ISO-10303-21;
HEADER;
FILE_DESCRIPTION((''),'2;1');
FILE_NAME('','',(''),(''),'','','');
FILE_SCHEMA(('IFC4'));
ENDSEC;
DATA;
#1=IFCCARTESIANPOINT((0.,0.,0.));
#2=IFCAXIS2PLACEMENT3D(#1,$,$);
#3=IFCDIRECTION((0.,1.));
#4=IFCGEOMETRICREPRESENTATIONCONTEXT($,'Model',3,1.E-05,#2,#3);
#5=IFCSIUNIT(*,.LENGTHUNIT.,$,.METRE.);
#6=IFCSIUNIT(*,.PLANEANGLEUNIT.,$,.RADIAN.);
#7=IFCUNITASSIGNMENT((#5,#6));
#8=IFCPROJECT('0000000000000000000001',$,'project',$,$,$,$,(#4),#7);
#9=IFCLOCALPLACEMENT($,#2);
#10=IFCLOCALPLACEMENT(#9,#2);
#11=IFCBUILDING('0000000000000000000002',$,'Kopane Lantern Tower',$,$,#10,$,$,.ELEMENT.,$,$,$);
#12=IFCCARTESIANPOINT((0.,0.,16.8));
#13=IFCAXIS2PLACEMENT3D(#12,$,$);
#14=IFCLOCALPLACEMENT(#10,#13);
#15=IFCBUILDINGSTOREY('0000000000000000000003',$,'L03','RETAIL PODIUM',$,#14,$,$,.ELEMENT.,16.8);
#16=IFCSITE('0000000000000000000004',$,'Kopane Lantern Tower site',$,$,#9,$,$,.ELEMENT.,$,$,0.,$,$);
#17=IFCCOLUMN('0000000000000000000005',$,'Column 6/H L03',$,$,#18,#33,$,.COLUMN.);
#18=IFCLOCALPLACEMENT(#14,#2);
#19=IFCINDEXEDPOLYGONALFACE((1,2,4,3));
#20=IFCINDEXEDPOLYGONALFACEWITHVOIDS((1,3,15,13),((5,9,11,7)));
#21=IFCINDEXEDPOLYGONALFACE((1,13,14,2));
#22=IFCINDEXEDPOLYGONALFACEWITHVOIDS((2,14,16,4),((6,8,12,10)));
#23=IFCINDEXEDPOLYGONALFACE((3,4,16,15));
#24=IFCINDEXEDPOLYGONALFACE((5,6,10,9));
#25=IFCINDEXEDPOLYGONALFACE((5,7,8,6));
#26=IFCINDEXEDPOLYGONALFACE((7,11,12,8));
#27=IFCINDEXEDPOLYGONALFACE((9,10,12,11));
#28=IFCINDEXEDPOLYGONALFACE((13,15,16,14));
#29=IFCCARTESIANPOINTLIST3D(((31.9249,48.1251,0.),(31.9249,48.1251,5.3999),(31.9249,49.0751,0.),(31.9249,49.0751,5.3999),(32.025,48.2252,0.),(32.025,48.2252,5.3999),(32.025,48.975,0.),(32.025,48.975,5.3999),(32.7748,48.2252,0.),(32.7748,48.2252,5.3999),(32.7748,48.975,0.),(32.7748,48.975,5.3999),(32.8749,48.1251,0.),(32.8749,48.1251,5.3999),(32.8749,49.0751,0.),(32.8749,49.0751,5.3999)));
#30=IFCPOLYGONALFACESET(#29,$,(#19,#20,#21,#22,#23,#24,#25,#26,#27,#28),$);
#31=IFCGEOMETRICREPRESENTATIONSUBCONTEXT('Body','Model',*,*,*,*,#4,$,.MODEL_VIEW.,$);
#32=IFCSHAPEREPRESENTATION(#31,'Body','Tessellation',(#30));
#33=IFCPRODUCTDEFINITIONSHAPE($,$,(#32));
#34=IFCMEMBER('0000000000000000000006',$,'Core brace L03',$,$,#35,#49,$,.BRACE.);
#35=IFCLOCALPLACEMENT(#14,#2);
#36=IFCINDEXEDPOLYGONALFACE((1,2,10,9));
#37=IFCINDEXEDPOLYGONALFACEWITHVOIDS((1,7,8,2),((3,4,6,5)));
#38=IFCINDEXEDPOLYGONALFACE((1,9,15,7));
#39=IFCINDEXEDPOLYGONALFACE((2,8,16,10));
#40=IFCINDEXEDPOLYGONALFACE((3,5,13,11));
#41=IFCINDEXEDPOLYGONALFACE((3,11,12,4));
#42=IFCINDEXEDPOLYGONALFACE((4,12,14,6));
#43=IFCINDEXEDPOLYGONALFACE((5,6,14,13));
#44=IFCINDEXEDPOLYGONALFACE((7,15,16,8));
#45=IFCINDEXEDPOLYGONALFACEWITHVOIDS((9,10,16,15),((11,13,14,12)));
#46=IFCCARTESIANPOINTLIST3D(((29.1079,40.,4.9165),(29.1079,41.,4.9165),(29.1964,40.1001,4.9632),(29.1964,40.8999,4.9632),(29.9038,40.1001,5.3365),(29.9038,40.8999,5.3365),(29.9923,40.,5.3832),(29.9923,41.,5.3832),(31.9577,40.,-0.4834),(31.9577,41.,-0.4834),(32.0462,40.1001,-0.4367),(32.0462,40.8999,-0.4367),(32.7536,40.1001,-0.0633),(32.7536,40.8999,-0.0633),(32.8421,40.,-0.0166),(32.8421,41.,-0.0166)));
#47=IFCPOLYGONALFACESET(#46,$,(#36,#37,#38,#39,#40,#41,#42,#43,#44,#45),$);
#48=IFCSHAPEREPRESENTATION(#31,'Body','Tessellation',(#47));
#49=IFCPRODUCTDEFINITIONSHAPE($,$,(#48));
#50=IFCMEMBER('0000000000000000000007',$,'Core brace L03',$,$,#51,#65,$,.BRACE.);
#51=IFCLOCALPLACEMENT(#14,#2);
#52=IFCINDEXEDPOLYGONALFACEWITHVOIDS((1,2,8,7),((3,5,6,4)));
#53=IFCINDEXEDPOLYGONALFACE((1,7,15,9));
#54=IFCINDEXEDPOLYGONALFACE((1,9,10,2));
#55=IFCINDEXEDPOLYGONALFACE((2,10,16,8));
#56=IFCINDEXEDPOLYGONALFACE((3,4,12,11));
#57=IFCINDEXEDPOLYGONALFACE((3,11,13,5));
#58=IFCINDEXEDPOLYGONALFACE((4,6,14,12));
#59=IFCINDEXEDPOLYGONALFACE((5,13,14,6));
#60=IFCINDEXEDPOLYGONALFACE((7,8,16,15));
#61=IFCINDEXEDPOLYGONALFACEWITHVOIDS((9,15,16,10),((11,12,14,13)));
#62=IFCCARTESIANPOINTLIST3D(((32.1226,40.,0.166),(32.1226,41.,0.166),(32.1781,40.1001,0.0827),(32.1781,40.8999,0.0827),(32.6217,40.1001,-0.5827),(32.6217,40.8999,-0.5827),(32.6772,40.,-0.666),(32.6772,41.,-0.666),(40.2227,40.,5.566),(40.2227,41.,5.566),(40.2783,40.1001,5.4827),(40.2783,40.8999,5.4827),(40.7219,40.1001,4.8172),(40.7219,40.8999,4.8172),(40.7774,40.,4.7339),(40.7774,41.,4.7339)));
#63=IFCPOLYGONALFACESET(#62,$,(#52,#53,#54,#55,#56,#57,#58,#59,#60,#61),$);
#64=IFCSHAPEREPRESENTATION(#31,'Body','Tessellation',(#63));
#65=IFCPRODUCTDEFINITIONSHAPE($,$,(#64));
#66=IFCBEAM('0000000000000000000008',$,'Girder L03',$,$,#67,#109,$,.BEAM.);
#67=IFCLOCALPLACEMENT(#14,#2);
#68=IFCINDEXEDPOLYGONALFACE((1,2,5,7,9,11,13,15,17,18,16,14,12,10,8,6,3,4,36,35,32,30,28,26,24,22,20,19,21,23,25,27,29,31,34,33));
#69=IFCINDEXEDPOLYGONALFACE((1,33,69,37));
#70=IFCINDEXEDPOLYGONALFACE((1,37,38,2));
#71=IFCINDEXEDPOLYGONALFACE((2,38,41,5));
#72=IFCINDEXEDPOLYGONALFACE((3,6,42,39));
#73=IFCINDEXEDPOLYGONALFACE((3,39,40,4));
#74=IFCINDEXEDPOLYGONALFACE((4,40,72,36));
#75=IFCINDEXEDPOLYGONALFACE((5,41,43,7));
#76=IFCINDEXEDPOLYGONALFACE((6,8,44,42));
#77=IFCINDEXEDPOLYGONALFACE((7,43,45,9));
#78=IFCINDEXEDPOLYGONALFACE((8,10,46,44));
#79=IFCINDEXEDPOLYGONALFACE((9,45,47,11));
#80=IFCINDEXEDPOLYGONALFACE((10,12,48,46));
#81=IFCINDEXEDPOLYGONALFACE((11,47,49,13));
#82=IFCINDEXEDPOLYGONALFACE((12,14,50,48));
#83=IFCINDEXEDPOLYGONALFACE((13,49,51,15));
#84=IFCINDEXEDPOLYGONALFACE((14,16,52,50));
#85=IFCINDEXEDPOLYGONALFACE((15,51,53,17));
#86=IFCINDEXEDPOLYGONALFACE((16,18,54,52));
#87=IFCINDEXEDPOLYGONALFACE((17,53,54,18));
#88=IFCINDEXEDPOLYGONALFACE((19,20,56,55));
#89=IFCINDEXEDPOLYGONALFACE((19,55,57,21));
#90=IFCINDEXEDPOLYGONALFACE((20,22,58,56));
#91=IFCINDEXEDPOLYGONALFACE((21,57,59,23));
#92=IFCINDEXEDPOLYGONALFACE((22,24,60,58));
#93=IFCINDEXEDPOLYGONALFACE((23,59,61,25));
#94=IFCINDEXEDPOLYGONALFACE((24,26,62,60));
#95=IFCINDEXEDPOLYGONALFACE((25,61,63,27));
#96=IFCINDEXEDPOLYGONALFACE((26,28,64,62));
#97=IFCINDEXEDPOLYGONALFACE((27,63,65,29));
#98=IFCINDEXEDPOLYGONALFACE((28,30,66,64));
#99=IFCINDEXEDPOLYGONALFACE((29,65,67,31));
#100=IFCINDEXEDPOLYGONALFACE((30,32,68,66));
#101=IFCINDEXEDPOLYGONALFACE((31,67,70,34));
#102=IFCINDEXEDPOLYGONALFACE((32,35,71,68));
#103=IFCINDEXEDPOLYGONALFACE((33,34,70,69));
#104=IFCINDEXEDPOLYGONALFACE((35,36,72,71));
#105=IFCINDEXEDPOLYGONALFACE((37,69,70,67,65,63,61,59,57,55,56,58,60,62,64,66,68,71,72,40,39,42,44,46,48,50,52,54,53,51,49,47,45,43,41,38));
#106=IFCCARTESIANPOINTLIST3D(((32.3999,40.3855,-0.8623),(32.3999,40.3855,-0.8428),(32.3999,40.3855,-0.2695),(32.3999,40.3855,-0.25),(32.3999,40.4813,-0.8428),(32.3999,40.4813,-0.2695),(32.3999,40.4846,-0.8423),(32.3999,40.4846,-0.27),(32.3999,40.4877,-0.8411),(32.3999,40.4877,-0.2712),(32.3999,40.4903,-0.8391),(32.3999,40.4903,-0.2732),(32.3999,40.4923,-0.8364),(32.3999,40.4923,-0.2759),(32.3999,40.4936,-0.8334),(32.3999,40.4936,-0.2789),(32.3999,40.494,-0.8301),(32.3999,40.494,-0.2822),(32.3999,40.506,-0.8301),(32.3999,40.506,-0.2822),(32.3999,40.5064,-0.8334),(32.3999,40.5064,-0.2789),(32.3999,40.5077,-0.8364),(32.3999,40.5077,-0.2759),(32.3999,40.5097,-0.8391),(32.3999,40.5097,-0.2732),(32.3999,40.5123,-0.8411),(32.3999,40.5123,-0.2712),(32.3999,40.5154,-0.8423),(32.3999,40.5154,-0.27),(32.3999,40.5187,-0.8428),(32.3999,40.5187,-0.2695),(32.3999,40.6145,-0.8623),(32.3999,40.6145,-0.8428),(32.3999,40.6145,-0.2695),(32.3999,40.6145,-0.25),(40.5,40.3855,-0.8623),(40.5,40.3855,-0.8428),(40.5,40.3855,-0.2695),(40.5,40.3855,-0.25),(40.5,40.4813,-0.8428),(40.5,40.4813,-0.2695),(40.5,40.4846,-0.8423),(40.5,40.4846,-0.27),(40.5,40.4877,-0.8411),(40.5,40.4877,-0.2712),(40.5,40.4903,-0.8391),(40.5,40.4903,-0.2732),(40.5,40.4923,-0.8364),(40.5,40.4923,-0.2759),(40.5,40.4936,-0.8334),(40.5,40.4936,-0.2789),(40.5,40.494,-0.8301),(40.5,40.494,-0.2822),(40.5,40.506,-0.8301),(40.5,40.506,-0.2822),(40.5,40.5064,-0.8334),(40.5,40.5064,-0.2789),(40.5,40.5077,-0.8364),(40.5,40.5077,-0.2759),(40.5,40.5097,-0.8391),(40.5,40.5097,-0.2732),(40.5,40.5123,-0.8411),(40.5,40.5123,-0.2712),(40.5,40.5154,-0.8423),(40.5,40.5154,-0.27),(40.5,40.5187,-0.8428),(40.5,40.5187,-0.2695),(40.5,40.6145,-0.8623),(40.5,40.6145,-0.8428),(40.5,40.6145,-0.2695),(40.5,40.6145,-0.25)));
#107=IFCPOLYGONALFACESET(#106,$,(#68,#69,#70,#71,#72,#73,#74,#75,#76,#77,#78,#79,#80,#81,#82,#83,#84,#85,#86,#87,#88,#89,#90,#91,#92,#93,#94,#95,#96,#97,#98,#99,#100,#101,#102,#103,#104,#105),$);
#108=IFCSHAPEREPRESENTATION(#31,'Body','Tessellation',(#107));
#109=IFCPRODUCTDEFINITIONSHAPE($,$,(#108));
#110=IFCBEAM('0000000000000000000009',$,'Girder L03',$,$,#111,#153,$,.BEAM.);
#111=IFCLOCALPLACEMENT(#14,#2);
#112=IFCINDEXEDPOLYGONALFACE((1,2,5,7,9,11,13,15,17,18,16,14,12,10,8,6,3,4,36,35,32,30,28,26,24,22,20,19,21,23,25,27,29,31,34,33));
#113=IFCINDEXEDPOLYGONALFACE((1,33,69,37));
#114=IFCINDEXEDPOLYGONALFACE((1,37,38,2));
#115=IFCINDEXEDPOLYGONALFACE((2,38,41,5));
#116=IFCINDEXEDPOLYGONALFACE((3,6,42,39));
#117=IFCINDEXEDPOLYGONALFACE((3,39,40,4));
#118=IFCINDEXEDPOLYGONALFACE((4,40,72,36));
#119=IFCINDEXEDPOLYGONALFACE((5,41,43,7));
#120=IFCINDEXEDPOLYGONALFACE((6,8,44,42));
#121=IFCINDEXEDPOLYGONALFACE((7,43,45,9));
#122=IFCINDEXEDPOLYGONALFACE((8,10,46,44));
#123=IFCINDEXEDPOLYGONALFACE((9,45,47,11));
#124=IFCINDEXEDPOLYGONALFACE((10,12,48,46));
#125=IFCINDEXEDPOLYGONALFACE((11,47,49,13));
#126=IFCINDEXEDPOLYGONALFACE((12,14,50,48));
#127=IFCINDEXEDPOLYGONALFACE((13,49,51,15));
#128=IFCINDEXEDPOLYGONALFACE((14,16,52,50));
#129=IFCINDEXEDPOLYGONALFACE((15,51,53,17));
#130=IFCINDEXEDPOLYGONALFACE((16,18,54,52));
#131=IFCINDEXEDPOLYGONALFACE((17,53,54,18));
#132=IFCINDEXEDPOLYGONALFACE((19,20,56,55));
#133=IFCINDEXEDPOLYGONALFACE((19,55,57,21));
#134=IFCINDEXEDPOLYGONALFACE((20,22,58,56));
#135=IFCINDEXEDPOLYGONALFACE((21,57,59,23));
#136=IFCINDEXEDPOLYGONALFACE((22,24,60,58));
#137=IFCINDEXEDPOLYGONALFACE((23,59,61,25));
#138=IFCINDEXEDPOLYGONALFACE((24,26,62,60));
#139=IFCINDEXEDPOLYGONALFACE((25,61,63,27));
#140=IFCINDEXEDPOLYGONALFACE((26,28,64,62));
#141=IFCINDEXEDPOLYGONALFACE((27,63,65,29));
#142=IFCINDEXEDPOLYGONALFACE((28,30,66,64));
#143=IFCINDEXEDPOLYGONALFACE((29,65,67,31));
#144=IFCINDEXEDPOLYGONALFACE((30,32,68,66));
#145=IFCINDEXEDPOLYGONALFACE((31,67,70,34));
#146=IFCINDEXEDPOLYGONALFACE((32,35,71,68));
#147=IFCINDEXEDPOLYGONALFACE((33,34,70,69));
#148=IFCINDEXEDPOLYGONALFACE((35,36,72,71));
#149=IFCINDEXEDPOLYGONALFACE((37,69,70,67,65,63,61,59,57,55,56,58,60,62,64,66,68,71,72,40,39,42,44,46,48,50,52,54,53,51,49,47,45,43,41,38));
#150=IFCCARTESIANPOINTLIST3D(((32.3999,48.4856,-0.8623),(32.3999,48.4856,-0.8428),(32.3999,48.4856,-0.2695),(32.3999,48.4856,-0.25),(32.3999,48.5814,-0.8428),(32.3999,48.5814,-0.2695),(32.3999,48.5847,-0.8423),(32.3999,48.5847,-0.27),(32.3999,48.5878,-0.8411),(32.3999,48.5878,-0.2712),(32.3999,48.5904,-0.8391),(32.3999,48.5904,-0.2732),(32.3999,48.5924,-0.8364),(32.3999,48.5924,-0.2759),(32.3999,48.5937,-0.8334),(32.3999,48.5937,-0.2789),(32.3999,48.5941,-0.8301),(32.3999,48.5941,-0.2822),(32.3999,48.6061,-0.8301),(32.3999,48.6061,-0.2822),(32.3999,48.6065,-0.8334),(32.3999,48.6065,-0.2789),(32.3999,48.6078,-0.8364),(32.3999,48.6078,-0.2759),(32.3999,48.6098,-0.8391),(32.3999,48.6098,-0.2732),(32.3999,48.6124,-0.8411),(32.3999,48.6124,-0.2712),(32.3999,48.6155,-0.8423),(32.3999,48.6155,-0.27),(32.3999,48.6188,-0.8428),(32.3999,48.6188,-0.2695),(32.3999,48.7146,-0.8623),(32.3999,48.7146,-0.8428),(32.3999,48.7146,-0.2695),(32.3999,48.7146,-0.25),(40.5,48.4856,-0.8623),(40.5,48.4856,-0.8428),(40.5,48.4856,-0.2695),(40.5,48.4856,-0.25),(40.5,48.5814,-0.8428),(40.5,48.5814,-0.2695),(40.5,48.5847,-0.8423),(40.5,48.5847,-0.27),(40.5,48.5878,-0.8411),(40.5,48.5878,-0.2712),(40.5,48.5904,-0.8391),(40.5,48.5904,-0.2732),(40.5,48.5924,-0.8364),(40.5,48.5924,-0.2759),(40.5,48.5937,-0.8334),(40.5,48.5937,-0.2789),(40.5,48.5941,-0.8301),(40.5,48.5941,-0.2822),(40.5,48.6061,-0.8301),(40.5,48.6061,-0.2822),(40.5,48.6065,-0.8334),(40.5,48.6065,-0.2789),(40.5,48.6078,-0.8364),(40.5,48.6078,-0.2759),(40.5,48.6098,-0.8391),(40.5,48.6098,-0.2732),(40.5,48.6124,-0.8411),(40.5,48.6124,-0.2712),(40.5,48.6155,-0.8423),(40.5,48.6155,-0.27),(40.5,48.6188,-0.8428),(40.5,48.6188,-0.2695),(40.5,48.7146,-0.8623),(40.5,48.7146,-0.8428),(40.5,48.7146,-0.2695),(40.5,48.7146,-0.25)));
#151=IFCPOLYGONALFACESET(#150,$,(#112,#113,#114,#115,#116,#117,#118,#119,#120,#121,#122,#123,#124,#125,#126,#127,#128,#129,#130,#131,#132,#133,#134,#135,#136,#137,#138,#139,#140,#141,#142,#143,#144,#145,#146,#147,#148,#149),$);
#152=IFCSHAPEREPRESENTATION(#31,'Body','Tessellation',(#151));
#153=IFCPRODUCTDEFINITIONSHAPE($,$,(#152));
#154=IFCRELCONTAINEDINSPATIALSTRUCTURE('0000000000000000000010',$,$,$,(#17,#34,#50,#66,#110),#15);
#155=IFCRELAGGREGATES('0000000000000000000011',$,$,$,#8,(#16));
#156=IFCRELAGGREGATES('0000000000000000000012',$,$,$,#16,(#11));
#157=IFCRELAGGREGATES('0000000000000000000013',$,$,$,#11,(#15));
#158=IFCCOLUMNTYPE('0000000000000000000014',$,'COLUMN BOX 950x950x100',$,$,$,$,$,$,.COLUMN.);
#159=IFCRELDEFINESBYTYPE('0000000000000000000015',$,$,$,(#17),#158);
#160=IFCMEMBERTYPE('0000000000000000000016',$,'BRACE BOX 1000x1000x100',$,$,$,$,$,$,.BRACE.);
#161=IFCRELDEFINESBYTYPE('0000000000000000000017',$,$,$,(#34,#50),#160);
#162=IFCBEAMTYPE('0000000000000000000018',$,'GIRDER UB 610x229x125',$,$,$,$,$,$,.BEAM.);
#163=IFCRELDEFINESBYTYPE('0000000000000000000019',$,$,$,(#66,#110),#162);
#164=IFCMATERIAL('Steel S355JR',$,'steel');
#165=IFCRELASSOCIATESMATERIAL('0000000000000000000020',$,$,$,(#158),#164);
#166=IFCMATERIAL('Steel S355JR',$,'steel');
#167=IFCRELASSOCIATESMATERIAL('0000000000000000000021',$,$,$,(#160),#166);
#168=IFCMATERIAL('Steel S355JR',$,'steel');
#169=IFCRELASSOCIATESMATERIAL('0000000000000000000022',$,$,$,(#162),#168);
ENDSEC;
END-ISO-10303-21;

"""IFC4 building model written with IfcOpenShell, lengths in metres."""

from ifc_helpers import new_model, si_unit, direction, frame, origin, origin_2d, place, context, subcontext, project, spatial, hollow_rectangle, i_section, extrude, material, material_profile, profile_set, type_object, element, save


model = new_model("IFC4")

# Units and contexts
model_context = context("Model", 3, precision=1e-05, world=origin(), true_north=direction((0.0, 1.0)))
body_context = subcontext(model_context, "Body", "Model", "MODEL_VIEW")
ifc_project = project(units=[si_unit("LENGTHUNIT", "METRE"), si_unit("PLANEANGLEUNIT", "RADIAN")], contexts=[model_context])

# Site, building, storey
site_placement = place(None, origin())
site = spatial("IfcSite", under=ifc_project, at=site_placement, Name="Kopane Lantern Tower site", CompositionType="ELEMENT", RefElevation=0.0)
building_placement = place(site_placement, origin())
building = spatial("IfcBuilding", under=site, at=building_placement, Name="Kopane Lantern Tower", CompositionType="ELEMENT")
storey_placement = place(building_placement, frame((0.0, 0.0, 16.8)))
storey = spatial("IfcBuildingStorey", under=building, at=storey_placement, Name="L03", Description="RETAIL PODIUM", CompositionType="ELEMENT", Elevation=16.8)

# Column
ifc_material_1 = material(Name="Steel S355JR", Category="steel")
ifc_material_profile_1 = material_profile(ifc_material_1, hollow_rectangle(XDim=0.95, YDim=0.95, WallThickness=0.1001, at=origin_2d()), Name="BOX 950x950x100")
ifc_profile_set_1 = profile_set([ifc_material_profile_1], Name="Steel S355JR")
column_type = type_object("IfcColumnType", Name="COLUMN BOX 950x950x100", PredefinedType="COLUMN", material=ifc_profile_set_1)
column_placement = place(storey_placement, frame((32.3999, 48.6001, 0.0), z_axis=(0.0, 0.0, 1.0), x_axis=(1.0, 0.0, 0.0)))
element("IfcColumn", 1, at=column_placement, inside=storey, type_object=column_type, Name="Column 6/H L03", PredefinedType="COLUMN", context=body_context, shape_type="SweptSolid", body=[
    extrude(hollow_rectangle(XDim=0.95, YDim=0.95, WallThickness=0.1001, at=origin_2d()), origin(), (0.0, 0.0, 1.0), 5.3999),
])

# Members
ifc_material_2 = material(Name="Steel S355JR", Category="steel")
ifc_material_profile_2 = material_profile(ifc_material_2, hollow_rectangle(XDim=1.0, YDim=1.0, WallThickness=0.1001, at=origin_2d()), Name="BOX 1000x1000x100")
ifc_profile_set_2 = profile_set([ifc_material_profile_2], Name="Steel S355JR")
member_type = type_object("IfcMemberType", Name="BRACE BOX 1000x1000x100", PredefinedType="BRACE", material=ifc_profile_set_2)
member_1_placement = place(storey_placement, frame((32.3999, 40.5, -0.25), z_axis=(-0.466746, 0.0, 0.884391), x_axis=(0.0, -1.0, 0.0)))
element("IfcMember", 2, at=member_1_placement, inside=storey, type_object=member_type, Name="Core brace L03", PredefinedType="BRACE", context=body_context, shape_type="SweptSolid", body=[
    extrude(hollow_rectangle(XDim=1.0, YDim=1.0, WallThickness=0.1001, at=origin_2d()), origin(), (0.0, 0.0, 1.0), 6.1057),
])
member_2_placement = place(storey_placement, frame((32.3999, 40.5, -0.25), z_axis=(0.832058, 0.0, 0.554689), x_axis=(0.0, 1.0, 0.0)))
element("IfcMember", 3, at=member_2_placement, inside=storey, type_object=member_type, Name="Core brace L03", PredefinedType="BRACE", context=body_context, shape_type="SweptSolid", body=[
    extrude(hollow_rectangle(XDim=1.0, YDim=1.0, WallThickness=0.1001, at=origin_2d()), origin(), (0.0, 0.0, 1.0), 9.7351),
])

# Beams
ifc_material_3 = material(Name="Steel S355JR", Category="steel")
ifc_material_profile_3 = material_profile(ifc_material_3, i_section(OverallWidth=0.229, OverallDepth=0.6123, WebThickness=0.012, FlangeThickness=0.0195, FilletRadius=0.0127, at=origin_2d()), Name="UB 610x229x125")
ifc_profile_set_3 = profile_set([ifc_material_profile_3], Name="Steel S355JR")
beam_type_1 = type_object("IfcBeamType", Name="GIRDER UB 610x229x125", PredefinedType="BEAM", material=ifc_profile_set_3)
for number, where, z_axis, x_axis, name in (
    (4, (32.3999, 40.5, -0.5562), (1.0, 0.0, 0.0), (0.0, 1.0, 0.0), "Girder L03"),
    (5, (32.3999, 48.6001, -0.5562), (1.0, 0.0, 0.0), (0.0, 1.0, 0.0), "Girder L03"),
):
    element("IfcBeam", number, at=place(storey_placement, frame(where, z_axis=z_axis, x_axis=x_axis)), inside=storey, type_object=beam_type_1, Name=name, PredefinedType="BEAM", context=body_context, shape_type="SweptSolid", body=[
        extrude(i_section(OverallWidth=0.229, OverallDepth=0.6123, WebThickness=0.012, FlangeThickness=0.0195, FilletRadius=0.0127, at=origin_2d()), origin(), (0.0, 0.0, 1.0), 8.1001),
    ])

save(model, "model.ifc")
